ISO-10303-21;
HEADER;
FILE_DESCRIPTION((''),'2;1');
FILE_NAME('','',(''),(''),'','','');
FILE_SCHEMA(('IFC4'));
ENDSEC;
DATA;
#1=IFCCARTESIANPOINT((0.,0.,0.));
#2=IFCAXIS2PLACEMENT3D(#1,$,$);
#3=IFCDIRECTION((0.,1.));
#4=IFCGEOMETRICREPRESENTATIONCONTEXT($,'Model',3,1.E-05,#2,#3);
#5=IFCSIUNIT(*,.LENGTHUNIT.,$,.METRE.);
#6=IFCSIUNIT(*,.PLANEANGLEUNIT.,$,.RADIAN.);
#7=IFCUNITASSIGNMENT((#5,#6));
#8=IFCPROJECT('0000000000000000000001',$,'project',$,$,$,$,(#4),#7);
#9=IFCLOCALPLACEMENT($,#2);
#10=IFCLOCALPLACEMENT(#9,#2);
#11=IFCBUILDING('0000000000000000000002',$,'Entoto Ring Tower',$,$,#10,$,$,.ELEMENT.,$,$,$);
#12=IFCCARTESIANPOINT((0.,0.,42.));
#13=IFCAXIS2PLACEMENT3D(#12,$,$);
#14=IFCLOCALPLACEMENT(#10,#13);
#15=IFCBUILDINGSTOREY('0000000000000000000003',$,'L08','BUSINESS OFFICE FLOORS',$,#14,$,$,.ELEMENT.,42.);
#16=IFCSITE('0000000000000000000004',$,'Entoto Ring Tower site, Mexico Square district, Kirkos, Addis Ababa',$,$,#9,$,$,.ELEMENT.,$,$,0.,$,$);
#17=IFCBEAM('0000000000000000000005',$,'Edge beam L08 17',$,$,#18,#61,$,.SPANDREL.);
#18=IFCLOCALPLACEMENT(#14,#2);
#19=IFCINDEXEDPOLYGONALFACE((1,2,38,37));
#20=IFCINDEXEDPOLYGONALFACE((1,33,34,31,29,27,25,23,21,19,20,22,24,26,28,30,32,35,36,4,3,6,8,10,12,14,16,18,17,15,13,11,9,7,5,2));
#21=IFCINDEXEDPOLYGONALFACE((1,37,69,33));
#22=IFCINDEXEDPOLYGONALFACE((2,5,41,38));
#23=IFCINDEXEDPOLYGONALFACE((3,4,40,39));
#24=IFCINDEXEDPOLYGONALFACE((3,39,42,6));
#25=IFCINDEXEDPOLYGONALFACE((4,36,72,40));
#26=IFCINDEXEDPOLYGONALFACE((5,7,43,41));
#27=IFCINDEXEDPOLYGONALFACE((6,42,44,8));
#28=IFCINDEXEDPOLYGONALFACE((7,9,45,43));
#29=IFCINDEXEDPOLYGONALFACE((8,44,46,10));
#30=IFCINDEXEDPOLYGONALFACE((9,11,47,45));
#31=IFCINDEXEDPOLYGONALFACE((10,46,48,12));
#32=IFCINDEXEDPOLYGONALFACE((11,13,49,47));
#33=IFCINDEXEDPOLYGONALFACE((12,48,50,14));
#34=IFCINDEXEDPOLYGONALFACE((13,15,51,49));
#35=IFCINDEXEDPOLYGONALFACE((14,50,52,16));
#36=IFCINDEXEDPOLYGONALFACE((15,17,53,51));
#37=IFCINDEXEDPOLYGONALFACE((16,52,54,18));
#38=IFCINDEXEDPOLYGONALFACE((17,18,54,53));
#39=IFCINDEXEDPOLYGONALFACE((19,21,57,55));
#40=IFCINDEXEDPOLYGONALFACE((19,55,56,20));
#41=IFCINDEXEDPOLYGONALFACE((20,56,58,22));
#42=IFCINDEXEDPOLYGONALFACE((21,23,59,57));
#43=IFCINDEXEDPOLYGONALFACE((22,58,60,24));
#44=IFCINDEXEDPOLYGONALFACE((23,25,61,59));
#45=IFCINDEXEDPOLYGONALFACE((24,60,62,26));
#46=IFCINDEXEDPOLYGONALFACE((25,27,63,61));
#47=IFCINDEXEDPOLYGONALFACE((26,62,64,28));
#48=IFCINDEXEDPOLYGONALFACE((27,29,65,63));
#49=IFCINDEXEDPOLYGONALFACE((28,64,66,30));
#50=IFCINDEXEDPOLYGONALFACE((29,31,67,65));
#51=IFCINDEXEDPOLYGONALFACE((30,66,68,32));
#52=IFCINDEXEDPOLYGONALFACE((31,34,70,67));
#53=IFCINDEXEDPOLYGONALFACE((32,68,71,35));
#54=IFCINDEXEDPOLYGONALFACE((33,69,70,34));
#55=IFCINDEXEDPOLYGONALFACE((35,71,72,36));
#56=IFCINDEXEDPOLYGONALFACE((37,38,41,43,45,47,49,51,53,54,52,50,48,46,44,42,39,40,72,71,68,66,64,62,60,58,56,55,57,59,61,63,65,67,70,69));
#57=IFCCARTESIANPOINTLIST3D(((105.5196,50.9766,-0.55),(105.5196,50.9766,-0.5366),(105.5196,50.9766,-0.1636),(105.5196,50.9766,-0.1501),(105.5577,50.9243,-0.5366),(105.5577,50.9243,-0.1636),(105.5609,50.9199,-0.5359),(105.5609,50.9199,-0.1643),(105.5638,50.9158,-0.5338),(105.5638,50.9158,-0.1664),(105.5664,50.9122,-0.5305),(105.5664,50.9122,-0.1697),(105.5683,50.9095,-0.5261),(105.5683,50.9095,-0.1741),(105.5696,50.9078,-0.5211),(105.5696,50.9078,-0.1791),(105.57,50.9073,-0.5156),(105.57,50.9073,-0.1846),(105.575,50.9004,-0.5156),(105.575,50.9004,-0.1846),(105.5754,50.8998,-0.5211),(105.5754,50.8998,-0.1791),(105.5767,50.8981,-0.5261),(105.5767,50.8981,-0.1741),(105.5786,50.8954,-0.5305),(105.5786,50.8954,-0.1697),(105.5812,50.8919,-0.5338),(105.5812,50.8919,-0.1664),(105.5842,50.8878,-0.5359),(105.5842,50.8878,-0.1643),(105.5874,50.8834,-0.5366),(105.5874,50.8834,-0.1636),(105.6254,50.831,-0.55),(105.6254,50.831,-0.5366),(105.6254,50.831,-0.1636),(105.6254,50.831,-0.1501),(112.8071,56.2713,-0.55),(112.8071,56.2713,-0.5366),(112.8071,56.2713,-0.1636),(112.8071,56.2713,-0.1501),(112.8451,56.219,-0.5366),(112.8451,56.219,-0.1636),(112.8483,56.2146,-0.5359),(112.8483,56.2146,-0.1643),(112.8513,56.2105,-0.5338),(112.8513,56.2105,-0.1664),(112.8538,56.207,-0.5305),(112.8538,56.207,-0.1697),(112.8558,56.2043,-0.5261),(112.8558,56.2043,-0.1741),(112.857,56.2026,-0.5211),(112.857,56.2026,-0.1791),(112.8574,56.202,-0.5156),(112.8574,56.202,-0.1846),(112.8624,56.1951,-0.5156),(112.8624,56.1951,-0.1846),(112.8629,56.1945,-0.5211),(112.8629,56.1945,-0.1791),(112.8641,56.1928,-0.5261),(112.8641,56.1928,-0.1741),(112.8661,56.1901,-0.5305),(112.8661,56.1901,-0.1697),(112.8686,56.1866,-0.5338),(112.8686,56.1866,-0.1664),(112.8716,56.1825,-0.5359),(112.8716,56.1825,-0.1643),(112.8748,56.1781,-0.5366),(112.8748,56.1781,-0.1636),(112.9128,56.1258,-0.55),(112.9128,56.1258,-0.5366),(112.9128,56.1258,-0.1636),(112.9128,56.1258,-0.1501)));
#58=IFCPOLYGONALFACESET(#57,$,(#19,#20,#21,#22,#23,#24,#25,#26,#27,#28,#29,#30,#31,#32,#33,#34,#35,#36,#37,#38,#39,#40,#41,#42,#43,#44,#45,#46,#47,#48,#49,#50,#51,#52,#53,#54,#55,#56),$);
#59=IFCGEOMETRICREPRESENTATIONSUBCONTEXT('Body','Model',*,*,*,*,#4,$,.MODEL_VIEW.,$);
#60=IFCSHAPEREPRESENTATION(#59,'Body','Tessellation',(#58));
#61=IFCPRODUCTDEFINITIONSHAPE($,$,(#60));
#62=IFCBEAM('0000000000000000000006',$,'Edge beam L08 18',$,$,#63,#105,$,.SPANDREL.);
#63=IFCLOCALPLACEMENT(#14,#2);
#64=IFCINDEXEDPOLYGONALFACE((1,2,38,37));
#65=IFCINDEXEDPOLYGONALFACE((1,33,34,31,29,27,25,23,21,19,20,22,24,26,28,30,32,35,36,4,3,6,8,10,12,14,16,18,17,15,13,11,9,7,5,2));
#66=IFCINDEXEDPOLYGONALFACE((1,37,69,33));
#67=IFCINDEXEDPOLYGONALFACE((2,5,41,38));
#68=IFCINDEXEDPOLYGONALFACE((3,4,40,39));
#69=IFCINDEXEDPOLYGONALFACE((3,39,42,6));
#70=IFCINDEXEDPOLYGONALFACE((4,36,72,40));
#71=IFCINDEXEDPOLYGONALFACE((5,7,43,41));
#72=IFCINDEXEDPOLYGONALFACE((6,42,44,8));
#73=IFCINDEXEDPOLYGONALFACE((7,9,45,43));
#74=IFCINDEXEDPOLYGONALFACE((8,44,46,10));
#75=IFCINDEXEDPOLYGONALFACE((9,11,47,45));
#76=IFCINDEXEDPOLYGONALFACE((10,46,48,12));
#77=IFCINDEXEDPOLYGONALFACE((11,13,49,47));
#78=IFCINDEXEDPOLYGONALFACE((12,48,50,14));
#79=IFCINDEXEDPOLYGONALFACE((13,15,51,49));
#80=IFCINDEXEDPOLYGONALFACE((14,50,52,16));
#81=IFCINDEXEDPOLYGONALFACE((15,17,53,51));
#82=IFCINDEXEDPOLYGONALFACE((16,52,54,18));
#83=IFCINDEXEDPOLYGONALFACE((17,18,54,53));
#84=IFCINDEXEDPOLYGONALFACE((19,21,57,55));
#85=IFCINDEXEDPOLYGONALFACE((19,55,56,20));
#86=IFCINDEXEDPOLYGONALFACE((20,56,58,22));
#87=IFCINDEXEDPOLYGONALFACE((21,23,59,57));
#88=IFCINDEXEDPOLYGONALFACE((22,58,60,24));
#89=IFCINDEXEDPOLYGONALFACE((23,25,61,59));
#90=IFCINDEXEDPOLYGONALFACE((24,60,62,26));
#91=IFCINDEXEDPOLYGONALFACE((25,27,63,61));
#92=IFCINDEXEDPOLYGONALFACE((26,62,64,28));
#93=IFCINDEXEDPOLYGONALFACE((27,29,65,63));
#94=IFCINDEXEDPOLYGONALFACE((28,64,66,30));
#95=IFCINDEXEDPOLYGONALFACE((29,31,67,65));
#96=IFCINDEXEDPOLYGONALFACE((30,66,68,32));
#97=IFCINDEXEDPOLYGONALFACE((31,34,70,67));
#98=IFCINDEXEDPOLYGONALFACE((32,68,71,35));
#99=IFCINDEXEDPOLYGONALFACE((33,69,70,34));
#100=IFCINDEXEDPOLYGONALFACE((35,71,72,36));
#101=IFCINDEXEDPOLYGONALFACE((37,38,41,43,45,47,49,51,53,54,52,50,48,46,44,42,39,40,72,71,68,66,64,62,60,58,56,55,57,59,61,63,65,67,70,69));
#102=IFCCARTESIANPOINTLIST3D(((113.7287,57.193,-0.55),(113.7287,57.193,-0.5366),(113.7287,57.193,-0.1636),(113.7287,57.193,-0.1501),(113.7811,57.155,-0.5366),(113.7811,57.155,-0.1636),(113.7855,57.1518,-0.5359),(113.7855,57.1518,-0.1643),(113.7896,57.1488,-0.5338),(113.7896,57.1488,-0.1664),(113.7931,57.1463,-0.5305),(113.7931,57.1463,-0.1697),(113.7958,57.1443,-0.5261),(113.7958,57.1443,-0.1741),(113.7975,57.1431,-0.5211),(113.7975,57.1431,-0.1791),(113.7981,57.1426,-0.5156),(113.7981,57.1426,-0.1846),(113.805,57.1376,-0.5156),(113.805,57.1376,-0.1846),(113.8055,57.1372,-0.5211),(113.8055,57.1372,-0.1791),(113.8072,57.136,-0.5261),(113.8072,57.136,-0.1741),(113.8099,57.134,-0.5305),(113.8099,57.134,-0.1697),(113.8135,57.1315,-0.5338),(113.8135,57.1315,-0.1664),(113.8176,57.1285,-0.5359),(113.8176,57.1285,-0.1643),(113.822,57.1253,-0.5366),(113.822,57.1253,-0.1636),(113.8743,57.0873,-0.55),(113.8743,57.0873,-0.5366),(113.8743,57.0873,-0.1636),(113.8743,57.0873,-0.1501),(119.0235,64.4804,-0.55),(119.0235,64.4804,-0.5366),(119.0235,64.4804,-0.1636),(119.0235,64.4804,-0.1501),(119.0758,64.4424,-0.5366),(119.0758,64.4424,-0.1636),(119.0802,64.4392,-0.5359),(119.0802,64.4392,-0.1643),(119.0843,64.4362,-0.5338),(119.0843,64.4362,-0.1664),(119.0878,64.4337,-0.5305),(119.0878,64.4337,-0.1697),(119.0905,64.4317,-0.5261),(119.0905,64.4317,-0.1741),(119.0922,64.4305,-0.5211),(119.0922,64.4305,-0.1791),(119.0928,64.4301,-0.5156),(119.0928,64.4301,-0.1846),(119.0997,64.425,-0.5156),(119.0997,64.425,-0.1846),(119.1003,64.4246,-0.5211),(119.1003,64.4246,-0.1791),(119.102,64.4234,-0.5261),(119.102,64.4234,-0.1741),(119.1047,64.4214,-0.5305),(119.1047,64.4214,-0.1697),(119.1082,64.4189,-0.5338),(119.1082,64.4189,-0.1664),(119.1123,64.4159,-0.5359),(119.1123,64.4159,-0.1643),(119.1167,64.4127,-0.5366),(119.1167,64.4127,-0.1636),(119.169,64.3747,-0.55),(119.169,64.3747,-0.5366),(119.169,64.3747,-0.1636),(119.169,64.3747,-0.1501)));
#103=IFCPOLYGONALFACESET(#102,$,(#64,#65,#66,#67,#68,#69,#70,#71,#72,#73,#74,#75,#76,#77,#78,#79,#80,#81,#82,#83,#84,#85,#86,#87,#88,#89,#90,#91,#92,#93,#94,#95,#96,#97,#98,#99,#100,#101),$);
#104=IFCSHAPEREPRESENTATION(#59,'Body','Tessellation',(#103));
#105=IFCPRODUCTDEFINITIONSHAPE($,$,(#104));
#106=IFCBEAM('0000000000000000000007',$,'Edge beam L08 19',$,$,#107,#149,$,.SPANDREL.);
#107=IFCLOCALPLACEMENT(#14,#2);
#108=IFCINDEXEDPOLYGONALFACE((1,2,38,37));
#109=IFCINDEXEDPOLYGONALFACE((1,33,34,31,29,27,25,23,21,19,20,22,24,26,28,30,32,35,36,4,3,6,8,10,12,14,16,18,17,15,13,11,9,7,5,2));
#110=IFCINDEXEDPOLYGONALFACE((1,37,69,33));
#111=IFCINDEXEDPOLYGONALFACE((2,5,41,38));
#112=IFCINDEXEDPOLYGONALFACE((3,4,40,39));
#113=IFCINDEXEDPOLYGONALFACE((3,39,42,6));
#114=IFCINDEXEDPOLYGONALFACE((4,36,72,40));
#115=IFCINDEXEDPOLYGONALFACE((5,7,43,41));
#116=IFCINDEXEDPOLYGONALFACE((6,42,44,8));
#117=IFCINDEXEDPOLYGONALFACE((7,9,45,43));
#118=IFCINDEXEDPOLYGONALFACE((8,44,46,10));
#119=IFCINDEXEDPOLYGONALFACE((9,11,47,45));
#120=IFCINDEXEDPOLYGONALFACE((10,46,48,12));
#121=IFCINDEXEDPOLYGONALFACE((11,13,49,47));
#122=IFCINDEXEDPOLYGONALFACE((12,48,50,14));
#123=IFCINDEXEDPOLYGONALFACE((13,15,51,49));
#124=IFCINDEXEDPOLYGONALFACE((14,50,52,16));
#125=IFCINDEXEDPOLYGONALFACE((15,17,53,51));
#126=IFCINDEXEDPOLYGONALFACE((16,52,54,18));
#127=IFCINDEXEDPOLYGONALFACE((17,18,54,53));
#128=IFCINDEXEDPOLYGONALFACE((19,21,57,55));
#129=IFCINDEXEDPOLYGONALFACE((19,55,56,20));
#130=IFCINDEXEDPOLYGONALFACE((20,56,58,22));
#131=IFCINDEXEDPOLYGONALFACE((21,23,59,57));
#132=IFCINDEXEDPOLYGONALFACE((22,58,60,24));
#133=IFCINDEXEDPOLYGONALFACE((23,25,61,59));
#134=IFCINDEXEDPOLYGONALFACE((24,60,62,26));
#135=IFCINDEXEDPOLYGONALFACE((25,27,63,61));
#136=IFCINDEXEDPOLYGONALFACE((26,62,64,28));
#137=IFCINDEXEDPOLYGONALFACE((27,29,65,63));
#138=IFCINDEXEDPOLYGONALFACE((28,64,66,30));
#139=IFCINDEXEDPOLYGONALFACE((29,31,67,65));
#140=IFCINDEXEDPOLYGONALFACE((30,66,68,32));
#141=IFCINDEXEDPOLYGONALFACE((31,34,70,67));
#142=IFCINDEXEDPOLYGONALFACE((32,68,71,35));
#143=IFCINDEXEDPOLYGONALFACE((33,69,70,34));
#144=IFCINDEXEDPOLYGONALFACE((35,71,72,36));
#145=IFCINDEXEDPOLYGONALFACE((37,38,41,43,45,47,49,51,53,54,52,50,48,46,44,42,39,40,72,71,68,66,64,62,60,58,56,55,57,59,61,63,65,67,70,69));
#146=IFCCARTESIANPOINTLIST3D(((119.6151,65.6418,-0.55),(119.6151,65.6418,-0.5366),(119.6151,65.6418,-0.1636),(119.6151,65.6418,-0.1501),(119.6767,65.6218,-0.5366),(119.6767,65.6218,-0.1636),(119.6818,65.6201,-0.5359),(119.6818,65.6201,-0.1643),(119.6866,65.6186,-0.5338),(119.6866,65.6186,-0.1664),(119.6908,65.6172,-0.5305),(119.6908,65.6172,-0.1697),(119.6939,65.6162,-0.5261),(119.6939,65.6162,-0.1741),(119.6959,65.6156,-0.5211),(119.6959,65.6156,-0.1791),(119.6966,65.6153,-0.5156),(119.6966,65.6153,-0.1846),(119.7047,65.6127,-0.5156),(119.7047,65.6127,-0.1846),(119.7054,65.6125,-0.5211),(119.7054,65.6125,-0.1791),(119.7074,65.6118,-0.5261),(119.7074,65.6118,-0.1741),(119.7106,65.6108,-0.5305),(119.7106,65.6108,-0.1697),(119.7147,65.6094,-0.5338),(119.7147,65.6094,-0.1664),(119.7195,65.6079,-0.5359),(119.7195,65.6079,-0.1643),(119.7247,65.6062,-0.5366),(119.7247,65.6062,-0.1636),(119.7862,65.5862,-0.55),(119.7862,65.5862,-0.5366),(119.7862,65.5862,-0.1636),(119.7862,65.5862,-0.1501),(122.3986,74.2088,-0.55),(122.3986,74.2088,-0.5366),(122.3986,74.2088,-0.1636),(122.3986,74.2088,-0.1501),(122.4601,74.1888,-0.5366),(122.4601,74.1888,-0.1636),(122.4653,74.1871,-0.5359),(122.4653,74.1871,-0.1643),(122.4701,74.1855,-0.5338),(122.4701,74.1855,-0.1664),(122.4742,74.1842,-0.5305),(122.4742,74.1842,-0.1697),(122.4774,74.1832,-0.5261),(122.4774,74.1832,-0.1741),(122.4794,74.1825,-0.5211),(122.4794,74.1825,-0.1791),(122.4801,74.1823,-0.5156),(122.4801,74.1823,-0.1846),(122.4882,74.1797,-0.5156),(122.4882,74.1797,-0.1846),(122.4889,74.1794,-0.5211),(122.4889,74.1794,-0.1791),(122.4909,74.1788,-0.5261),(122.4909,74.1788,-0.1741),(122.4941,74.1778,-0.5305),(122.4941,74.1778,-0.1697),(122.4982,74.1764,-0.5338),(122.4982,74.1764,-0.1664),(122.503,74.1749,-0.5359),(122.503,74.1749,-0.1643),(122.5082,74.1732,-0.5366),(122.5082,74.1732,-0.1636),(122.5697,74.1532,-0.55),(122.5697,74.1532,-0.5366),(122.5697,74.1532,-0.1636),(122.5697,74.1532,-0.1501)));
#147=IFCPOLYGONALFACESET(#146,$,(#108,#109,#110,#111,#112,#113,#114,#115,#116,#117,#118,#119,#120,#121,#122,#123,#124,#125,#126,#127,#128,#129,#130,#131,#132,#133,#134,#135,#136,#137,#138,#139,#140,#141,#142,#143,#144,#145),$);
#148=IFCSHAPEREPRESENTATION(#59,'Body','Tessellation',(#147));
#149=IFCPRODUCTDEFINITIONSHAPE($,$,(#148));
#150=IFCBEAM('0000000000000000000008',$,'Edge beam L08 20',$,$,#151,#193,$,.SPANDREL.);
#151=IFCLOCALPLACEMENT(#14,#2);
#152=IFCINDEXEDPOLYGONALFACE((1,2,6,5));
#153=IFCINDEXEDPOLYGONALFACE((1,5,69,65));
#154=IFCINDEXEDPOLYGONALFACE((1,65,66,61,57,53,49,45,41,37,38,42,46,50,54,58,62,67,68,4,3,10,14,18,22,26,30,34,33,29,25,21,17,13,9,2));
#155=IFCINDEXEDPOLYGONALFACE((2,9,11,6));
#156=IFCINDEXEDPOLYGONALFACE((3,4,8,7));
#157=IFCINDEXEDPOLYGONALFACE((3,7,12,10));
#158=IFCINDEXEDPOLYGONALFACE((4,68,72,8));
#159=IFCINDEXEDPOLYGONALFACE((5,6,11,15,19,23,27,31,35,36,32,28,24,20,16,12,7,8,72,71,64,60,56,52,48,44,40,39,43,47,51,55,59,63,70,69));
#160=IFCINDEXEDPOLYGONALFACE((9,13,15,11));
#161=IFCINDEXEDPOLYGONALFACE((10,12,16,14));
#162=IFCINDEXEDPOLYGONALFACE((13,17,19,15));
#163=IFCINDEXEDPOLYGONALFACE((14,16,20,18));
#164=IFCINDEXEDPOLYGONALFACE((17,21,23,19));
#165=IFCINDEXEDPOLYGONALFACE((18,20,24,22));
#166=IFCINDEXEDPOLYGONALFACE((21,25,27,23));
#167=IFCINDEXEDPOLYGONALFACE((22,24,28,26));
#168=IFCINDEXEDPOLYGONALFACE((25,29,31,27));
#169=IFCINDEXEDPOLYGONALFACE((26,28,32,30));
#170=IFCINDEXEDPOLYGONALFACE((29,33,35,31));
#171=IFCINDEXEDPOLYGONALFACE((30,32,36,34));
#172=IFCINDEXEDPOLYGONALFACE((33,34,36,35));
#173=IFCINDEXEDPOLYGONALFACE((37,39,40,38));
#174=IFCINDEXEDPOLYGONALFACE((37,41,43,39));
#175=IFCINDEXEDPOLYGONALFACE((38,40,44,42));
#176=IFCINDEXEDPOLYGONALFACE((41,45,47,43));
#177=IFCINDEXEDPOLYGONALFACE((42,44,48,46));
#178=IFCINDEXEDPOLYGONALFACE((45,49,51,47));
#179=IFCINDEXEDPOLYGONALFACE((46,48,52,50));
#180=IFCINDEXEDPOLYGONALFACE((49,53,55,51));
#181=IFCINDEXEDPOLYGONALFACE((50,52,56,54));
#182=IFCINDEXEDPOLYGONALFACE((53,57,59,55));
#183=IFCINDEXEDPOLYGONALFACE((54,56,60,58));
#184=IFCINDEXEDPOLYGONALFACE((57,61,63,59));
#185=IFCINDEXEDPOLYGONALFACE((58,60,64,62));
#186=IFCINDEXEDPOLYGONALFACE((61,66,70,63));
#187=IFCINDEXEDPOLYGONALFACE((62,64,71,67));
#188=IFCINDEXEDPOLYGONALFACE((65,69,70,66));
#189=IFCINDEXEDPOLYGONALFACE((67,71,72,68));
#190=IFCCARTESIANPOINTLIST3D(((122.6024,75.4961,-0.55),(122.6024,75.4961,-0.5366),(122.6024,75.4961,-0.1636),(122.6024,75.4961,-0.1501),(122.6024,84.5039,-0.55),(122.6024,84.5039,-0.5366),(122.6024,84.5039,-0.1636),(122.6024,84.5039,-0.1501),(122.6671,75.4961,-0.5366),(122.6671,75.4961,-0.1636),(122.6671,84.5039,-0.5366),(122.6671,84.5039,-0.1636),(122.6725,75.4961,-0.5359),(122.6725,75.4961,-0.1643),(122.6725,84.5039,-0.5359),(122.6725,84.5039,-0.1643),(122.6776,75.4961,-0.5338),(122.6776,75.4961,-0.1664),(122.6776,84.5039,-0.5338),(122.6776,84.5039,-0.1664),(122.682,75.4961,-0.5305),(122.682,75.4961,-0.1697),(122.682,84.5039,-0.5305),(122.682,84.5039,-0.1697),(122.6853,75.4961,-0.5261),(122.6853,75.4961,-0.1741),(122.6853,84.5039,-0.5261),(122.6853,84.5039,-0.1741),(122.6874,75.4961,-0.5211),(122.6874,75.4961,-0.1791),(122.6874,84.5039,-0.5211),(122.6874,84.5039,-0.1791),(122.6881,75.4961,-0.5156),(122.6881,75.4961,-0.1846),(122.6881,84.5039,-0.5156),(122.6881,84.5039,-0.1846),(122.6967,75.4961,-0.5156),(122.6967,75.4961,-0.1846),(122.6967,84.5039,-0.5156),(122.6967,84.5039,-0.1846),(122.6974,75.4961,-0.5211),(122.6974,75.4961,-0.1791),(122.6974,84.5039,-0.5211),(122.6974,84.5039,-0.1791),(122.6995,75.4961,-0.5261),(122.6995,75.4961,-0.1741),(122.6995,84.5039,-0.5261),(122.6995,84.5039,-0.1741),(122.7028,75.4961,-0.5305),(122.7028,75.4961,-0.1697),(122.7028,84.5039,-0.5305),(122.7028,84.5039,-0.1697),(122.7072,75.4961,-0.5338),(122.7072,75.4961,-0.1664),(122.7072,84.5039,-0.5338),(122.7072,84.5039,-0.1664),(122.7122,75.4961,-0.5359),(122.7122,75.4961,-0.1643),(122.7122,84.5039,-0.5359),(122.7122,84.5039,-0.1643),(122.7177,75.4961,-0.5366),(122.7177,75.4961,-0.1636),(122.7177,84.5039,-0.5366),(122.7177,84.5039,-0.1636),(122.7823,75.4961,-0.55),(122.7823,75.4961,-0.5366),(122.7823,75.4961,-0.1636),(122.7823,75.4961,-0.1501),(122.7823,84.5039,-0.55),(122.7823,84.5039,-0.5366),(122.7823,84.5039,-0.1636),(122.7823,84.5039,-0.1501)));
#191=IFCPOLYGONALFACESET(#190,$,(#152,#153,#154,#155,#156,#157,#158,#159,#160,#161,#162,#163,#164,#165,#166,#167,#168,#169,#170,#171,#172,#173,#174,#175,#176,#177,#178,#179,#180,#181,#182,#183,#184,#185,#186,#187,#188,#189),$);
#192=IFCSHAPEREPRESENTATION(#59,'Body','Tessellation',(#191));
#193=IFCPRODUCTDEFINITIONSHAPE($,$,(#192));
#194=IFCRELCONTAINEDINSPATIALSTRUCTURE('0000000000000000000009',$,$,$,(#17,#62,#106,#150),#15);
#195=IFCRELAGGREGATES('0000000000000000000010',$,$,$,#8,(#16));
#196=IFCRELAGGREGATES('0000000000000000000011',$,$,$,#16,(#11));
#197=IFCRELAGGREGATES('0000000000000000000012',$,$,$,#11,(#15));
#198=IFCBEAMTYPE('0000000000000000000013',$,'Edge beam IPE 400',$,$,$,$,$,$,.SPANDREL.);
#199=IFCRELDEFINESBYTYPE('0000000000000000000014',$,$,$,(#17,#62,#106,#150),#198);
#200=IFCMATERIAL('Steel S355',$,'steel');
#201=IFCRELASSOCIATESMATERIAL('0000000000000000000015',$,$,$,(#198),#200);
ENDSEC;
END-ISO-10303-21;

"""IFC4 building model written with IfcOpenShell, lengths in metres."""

from ifc_helpers import new_model, si_unit, direction, frame, origin, origin_2d, place, context, subcontext, project, spatial, i_section, extrude, material, material_profile, profile_set, type_object, element, save


model = new_model("IFC4")

# Units and contexts
model_context = context("Model", 3, precision=1e-05, world=origin(), true_north=direction((0.0, 1.0)))
body_context = subcontext(model_context, "Body", "Model", "MODEL_VIEW")
ifc_project = project(units=[si_unit("LENGTHUNIT", "METRE"), si_unit("PLANEANGLEUNIT", "RADIAN")], contexts=[model_context])

# Site, building, storey
site_placement = place(None, origin())
site = spatial("IfcSite", under=ifc_project, at=site_placement, Name="Entoto Ring Tower site, Mexico Square district, Kirkos, Addis Ababa", CompositionType="ELEMENT", RefElevation=0.0)
building_placement = place(site_placement, origin())
building = spatial("IfcBuilding", under=site, at=building_placement, Name="Entoto Ring Tower", CompositionType="ELEMENT")
storey_placement = place(building_placement, frame((0.0, 0.0, 42.0)))
storey = spatial("IfcBuildingStorey", under=building, at=storey_placement, Name="L08", Description="BUSINESS OFFICE FLOORS", CompositionType="ELEMENT", Elevation=42.0)

# Beams
ifc_material_1 = material(Name="Steel S355", Category="steel")
ifc_material_profile_1 = material_profile(ifc_material_1, i_section(OverallWidth=0.1799, OverallDepth=0.3999, WebThickness=0.0085, FlangeThickness=0.0134, FilletRadius=0.021, at=origin_2d()), Name="IPE 400")
ifc_profile_set_1 = profile_set([ifc_material_profile_1], Name="Steel S355")
beam_type_1 = type_object("IfcBeamType", Name="Edge beam IPE 400", PredefinedType="SPANDREL", material=ifc_profile_set_1)
for number, where, z_axis, x_axis, name in (
    (1, (105.5725, 50.9038, -0.3501), (0.809011, 0.587793, 0.0), (-0.587793, 0.809011, 0.0), "Edge beam L08 17"),
    (2, (113.8015, 57.1401, -0.3501), (0.587793, 0.809011, 0.0), (-0.809011, 0.587793, 0.0), "Edge beam L08 18"),
    (3, (119.7007, 65.614, -0.3501), (0.309006, 0.95106, 0.0), (-0.95106, 0.309006, 0.0), "Edge beam L08 19"),
    (4, (122.6924, 75.4961, -0.3501), (0.0, 1.0, 0.0), (-1.0, 0.0, 0.0), "Edge beam L08 20"),
):
    element("IfcBeam", number, at=place(storey_placement, frame(where, z_axis=z_axis, x_axis=x_axis)), inside=storey, type_object=beam_type_1, Name=name, PredefinedType="SPANDREL", context=body_context, shape_type="SweptSolid", body=[
        extrude(i_section(OverallWidth=0.1799, OverallDepth=0.3999, WebThickness=0.0085, FlangeThickness=0.0134, FilletRadius=0.021, at=origin_2d()), origin(), (0.0, 0.0, 1.0), 9.0078),
    ])

save(model, "model.ifc")
